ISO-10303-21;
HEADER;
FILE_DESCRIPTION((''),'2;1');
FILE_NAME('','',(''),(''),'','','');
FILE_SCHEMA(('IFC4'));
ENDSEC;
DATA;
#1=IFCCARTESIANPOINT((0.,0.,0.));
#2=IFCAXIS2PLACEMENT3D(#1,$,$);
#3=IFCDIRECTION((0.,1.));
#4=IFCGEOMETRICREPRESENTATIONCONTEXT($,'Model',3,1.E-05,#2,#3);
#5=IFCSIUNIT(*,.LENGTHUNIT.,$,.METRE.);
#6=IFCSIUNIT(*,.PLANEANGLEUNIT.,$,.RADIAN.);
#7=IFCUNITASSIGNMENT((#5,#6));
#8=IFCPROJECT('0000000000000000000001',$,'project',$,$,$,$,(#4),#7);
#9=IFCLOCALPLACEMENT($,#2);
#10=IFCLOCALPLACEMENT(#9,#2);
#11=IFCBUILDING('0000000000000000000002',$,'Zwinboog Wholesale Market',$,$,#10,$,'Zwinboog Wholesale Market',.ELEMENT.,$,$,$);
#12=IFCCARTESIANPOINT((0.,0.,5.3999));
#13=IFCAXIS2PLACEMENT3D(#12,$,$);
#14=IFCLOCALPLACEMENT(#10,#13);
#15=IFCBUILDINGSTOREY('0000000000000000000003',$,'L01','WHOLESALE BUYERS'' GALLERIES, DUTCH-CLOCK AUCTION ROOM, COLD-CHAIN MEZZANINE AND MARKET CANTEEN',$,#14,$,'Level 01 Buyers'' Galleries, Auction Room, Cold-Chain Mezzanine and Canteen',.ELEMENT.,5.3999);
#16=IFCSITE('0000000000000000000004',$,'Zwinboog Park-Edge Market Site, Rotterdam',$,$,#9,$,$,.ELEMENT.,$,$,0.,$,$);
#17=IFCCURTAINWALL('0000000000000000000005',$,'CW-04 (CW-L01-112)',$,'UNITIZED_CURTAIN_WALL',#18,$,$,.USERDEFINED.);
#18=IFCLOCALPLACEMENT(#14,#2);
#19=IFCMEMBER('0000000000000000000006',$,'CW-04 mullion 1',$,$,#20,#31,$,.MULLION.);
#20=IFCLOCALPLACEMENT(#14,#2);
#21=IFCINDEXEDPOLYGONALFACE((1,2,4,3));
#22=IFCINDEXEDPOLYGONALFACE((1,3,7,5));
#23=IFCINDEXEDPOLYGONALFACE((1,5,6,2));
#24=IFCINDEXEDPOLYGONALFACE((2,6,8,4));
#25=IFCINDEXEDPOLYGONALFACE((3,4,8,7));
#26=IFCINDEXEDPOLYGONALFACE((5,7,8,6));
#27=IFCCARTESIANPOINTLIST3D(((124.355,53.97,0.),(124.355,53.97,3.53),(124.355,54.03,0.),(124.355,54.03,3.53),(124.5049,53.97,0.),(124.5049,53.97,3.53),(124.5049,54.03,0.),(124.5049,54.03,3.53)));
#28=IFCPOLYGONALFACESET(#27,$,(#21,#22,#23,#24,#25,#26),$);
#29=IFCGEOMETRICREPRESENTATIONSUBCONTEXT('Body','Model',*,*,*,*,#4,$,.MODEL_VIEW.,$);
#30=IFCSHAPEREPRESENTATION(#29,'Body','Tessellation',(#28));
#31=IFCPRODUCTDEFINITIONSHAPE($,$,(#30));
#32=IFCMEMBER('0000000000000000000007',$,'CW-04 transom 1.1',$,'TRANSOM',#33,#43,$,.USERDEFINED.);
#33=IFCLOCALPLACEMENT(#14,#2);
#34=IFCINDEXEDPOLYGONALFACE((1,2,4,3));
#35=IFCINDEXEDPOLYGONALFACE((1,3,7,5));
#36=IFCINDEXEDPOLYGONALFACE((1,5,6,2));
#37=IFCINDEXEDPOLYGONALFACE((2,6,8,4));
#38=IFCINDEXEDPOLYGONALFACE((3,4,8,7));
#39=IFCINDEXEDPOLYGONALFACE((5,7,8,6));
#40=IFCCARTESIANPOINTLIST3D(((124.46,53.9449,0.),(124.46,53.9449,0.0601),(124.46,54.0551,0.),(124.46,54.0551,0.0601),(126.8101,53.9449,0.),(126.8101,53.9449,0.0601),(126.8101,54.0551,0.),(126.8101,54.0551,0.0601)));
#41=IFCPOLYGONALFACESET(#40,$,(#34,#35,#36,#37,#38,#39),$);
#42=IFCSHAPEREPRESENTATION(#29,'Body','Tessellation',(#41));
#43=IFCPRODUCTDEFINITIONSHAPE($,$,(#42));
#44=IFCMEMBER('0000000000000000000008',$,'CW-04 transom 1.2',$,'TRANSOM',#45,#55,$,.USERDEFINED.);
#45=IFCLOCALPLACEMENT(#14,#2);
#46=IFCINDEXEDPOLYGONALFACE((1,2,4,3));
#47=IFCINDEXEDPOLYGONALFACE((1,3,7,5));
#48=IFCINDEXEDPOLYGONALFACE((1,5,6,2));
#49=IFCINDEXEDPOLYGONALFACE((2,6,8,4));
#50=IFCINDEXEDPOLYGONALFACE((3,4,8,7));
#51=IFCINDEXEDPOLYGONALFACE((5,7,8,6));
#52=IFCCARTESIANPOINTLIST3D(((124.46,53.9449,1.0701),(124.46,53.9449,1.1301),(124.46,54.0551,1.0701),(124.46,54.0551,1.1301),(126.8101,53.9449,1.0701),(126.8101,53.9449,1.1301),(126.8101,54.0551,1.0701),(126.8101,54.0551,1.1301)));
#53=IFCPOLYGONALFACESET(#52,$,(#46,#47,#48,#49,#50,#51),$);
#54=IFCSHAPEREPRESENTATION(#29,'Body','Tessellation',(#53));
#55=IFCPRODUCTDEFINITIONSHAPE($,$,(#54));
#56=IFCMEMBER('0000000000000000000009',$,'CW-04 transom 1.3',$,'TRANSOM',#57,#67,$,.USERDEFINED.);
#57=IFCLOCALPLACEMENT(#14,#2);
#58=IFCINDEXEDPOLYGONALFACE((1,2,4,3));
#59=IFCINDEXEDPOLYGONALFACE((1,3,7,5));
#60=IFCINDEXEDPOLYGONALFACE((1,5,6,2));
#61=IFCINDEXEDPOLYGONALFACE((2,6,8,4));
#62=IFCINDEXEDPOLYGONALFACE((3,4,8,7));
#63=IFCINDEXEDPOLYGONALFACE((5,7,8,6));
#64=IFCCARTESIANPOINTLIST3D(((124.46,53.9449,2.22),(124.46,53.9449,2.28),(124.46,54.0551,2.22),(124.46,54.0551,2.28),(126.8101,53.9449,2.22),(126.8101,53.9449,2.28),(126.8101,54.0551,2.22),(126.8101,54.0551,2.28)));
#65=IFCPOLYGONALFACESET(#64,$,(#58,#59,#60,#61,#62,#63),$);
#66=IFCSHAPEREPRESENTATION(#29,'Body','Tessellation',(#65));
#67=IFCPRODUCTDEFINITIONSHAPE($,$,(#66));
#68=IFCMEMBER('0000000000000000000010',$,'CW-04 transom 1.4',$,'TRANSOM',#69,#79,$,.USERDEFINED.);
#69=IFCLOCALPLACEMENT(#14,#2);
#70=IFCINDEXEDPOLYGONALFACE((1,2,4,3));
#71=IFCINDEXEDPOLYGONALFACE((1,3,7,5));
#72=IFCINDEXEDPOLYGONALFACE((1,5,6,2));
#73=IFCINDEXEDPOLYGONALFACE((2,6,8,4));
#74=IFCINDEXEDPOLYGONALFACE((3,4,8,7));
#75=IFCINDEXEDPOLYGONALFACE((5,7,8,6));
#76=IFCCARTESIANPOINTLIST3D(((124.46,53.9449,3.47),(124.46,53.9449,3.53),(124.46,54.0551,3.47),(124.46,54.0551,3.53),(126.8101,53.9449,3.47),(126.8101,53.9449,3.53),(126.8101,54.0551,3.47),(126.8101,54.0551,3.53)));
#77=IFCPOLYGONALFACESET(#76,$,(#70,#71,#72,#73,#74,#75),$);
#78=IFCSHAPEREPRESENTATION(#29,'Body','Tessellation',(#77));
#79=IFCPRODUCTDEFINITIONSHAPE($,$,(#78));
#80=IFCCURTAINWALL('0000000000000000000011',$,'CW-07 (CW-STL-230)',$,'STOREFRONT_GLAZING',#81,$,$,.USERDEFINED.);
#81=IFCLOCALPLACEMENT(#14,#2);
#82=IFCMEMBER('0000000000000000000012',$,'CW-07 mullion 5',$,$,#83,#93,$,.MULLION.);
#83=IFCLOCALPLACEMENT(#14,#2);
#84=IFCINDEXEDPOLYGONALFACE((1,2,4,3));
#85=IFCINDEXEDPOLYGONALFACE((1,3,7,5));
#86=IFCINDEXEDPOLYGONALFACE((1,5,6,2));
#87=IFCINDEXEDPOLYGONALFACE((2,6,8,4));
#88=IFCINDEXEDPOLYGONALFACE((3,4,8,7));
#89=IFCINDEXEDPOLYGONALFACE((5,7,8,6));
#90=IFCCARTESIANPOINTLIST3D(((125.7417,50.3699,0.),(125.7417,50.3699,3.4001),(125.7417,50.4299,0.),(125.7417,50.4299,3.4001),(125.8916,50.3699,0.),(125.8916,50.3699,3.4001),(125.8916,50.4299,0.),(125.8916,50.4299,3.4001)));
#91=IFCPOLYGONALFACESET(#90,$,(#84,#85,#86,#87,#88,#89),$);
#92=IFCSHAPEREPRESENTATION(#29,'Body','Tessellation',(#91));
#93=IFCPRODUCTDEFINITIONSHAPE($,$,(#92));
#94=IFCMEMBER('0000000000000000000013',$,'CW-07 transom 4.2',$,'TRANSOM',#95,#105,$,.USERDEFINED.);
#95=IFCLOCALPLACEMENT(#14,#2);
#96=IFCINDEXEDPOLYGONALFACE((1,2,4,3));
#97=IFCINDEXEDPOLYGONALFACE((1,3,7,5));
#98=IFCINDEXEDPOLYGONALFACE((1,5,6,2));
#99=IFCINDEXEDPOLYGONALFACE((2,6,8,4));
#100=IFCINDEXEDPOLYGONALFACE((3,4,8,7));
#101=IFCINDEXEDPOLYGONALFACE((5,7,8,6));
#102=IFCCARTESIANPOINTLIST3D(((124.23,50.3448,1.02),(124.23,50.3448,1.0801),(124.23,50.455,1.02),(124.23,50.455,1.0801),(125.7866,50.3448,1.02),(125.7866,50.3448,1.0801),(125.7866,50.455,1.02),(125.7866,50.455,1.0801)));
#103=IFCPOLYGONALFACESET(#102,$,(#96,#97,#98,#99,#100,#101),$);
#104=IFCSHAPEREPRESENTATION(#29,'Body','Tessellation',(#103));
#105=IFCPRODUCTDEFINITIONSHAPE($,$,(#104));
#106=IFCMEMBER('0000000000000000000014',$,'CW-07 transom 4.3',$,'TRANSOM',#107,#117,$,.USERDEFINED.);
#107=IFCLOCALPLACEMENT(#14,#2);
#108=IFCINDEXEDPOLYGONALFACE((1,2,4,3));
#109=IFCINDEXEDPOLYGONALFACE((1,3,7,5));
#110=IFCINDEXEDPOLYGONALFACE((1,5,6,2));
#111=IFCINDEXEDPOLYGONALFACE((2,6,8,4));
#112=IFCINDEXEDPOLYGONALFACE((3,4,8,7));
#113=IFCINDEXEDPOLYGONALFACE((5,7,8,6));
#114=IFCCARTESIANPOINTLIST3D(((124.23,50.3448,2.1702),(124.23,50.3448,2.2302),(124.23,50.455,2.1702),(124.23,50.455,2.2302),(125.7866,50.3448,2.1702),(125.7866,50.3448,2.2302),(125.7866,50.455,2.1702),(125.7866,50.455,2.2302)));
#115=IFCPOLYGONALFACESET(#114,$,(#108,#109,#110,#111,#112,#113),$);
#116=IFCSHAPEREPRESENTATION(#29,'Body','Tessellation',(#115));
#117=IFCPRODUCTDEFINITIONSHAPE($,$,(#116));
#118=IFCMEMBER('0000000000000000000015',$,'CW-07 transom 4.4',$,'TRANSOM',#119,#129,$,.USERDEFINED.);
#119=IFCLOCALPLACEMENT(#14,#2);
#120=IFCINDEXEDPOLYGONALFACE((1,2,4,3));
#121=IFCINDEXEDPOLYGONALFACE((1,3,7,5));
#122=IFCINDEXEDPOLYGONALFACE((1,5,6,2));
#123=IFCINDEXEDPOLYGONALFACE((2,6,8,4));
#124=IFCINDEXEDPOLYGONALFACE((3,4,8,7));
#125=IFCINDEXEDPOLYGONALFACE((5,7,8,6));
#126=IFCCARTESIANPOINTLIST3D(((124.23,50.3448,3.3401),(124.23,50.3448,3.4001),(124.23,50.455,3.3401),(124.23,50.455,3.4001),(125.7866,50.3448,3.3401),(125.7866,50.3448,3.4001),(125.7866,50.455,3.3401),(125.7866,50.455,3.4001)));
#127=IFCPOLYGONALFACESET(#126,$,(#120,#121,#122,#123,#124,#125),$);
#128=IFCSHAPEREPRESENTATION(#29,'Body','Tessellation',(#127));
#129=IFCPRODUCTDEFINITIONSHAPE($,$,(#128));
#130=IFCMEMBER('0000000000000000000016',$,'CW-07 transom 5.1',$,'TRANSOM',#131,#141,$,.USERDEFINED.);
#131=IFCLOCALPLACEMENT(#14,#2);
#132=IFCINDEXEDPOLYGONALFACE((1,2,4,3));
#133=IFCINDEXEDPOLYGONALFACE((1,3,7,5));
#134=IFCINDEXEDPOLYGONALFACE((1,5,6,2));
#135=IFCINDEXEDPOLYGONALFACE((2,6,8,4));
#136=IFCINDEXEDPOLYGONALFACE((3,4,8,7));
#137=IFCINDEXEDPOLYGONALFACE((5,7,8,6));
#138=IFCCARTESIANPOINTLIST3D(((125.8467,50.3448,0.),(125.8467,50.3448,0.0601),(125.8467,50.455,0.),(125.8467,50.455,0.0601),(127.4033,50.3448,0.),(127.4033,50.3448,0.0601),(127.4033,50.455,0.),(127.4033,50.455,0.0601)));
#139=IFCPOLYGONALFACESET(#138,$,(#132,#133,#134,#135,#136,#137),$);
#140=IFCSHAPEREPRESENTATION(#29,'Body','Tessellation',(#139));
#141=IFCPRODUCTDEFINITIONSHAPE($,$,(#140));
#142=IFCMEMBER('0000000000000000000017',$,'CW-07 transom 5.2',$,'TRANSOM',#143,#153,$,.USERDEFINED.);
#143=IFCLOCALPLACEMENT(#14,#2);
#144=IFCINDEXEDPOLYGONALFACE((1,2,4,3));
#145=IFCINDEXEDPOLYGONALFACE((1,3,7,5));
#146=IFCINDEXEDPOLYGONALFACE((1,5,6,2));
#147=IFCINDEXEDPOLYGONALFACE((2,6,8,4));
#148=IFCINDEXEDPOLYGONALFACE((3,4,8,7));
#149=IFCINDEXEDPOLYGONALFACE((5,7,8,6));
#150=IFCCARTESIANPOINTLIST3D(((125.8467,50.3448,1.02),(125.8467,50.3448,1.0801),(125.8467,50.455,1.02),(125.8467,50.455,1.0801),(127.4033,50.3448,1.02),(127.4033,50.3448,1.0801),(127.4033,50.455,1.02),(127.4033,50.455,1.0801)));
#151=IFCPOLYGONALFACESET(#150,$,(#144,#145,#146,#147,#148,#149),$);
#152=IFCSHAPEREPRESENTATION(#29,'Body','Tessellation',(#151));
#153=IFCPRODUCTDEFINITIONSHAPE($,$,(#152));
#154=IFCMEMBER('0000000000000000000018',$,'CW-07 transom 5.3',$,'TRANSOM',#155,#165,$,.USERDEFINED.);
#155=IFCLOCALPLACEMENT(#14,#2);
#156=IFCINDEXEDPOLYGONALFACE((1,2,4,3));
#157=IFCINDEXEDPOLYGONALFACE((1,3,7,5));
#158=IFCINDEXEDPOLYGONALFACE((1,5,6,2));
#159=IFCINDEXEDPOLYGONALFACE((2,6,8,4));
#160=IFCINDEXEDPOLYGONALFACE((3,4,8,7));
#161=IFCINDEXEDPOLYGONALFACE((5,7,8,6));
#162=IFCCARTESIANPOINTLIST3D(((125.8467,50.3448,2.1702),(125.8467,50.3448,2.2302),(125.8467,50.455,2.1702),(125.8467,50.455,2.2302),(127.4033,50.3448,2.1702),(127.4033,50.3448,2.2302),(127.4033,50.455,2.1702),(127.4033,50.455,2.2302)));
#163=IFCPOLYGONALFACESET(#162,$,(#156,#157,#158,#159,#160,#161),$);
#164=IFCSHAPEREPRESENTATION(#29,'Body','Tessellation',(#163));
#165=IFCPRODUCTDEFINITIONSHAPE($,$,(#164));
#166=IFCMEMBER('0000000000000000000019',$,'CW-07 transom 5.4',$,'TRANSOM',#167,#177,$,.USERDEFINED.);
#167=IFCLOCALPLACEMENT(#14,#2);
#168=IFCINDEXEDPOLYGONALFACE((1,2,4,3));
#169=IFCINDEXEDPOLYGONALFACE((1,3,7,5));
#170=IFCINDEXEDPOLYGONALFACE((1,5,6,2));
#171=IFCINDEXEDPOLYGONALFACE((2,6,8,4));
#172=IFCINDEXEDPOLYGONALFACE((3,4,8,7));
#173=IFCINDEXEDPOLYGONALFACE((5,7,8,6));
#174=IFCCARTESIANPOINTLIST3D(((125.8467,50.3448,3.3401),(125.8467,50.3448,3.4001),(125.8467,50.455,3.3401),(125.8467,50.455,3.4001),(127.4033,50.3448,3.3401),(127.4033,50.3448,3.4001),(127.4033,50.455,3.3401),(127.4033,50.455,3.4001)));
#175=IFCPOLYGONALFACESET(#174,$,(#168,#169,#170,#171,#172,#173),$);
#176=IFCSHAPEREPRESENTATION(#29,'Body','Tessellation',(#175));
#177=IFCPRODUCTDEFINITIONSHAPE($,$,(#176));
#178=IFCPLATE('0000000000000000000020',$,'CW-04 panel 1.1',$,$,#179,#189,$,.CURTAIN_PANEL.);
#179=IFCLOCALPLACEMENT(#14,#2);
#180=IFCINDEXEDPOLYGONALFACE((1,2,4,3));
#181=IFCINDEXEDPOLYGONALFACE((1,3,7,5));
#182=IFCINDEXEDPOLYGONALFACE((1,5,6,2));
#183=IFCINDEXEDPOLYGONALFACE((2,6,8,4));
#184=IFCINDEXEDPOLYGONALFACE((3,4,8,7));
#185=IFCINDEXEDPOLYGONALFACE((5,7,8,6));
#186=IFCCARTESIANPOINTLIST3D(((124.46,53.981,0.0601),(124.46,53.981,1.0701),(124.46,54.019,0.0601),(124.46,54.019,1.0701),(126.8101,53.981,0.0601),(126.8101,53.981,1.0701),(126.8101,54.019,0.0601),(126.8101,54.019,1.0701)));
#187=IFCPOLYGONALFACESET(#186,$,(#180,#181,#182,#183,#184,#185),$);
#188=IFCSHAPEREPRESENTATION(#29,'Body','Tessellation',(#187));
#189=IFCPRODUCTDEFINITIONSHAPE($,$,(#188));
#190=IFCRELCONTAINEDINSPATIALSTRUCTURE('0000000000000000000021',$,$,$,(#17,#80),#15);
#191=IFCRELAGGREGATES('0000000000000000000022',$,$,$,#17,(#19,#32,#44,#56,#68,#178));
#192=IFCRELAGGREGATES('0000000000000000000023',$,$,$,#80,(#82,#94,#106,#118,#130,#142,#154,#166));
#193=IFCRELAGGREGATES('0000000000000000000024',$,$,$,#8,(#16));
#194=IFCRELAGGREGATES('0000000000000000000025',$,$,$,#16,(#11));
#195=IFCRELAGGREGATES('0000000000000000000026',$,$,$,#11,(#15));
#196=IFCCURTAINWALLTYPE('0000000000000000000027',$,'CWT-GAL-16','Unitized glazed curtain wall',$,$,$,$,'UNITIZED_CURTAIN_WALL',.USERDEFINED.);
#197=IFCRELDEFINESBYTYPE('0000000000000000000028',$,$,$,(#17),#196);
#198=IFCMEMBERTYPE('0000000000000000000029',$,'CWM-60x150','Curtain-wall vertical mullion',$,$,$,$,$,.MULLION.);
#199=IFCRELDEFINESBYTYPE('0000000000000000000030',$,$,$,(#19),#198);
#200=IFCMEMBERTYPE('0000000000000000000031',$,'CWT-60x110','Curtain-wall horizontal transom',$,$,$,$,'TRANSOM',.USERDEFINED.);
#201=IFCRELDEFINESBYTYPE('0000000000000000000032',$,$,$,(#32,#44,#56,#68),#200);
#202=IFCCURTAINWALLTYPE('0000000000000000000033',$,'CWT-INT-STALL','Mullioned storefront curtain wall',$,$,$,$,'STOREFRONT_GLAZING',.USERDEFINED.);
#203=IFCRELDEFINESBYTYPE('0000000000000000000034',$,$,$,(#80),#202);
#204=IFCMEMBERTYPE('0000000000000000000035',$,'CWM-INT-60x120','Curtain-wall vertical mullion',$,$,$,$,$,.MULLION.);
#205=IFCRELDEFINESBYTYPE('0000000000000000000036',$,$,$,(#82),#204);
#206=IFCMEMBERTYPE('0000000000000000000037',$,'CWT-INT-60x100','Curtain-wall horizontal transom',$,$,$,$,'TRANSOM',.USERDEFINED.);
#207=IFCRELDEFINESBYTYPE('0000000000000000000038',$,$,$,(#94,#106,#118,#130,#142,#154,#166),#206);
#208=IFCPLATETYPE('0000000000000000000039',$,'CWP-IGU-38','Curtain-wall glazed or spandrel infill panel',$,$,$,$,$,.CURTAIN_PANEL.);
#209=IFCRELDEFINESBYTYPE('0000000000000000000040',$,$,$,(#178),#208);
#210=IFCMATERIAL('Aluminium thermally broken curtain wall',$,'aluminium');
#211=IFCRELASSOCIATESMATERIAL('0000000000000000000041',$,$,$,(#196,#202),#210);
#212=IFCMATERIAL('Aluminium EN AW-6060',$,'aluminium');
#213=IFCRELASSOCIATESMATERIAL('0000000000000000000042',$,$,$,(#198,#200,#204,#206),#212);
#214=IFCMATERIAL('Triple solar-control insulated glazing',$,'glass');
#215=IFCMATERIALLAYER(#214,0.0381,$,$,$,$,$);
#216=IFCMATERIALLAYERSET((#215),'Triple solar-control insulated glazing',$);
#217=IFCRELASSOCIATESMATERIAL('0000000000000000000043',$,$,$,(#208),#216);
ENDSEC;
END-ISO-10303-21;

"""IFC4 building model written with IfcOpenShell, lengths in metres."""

from ifc_helpers import new_model, si_unit, direction, frame, origin, origin_2d, place, context, subcontext, project, spatial, rectangle, extrude, material, layer, layer_set, material_profile, profile_set, type_object, element, aggregate, save


model = new_model("IFC4")

# Units and contexts
model_context = context("Model", 3, precision=1e-05, world=origin(), true_north=direction((0.0, 1.0)))
body_context = subcontext(model_context, "Body", "Model", "MODEL_VIEW")
ifc_project = project(units=[si_unit("LENGTHUNIT", "METRE"), si_unit("PLANEANGLEUNIT", "RADIAN")], contexts=[model_context])

# Site, building, storey
site_placement = place(None, origin())
site = spatial("IfcSite", under=ifc_project, at=site_placement, Name="Zwinboog Park-Edge Market Site, Rotterdam", CompositionType="ELEMENT", RefElevation=0.0)
building_placement = place(site_placement, origin())
building = spatial("IfcBuilding", under=site, at=building_placement, Name="Zwinboog Wholesale Market", LongName="Zwinboog Wholesale Market", CompositionType="ELEMENT")
storey_placement = place(building_placement, frame((0.0, 0.0, 5.3999)))
storey = spatial("IfcBuildingStorey", under=building, at=storey_placement, Name="L01", Description="WHOLESALE BUYERS' GALLERIES, DUTCH-CLOCK AUCTION ROOM, COLD-CHAIN MEZZANINE AND MARKET CANTEEN", LongName="Level 01 Buyers' Galleries, Auction Room, Cold-Chain Mezzanine and Canteen", CompositionType="ELEMENT", Elevation=5.3999)

# Curtain walls, members
ifc_material_1 = material(Name="Aluminium thermally broken curtain wall", Category="aluminium")
curtain_wall_type_1 = type_object("IfcCurtainWallType", Name="CWT-GAL-16", Description="Unitized glazed curtain wall", ElementType="UNITIZED_CURTAIN_WALL", PredefinedType="USERDEFINED", material=ifc_material_1)
curtain_wall_1_placement = place(storey_placement, origin())
curtain_wall_1 = element("IfcCurtainWall", 1, at=curtain_wall_1_placement, inside=storey, type_object=curtain_wall_type_1, Name="CW-04 (CW-L01-112)", ObjectType="UNITIZED_CURTAIN_WALL", PredefinedType="USERDEFINED")
ifc_material_2 = material(Name="Aluminium EN AW-6060", Category="aluminium")
ifc_material_profile_1 = material_profile(ifc_material_2, rectangle(XDim=0.0601, YDim=0.1499, at=origin_2d()), Name="AL 60x150")
ifc_profile_set_1 = profile_set([ifc_material_profile_1], Name="Aluminium EN AW-6060")
member_type_1 = type_object("IfcMemberType", Name="CWM-60x150", Description="Curtain-wall vertical mullion", PredefinedType="MULLION", material=ifc_profile_set_1)
member_1_placement = place(storey_placement, frame((124.4299, 54.0, 0.0), z_axis=(0.0, 0.0, 1.0), x_axis=(0.0, 1.0, 0.0)))
member_1 = element("IfcMember", 2, at=member_1_placement, type_object=member_type_1, Name="CW-04 mullion 1", PredefinedType="MULLION", context=body_context, shape_type="SweptSolid", body=[
    extrude(rectangle(XDim=0.0601, YDim=0.1499, at=origin_2d()), origin(), (0.0, 0.0, 1.0), 3.53),
])
ifc_material_profile_2 = material_profile(ifc_material_2, rectangle(XDim=0.1101, YDim=0.0601, at=origin_2d()), Name="AL 60x110")
ifc_profile_set_2 = profile_set([ifc_material_profile_2], Name="Aluminium EN AW-6060")
member_type_2 = type_object("IfcMemberType", Name="CWT-60x110", Description="Curtain-wall horizontal transom", ElementType="TRANSOM", PredefinedType="USERDEFINED", material=ifc_profile_set_2)
member_2_placement = place(storey_placement, frame((124.46, 54.0, 0.03), z_axis=(1.0, 0.0, 0.0), x_axis=(0.0, 1.0, 0.0)))
member_2 = element("IfcMember", 3, at=member_2_placement, type_object=member_type_2, Name="CW-04 transom 1.1", ObjectType="TRANSOM", PredefinedType="USERDEFINED", context=body_context, shape_type="SweptSolid", body=[
    extrude(rectangle(XDim=0.1101, YDim=0.0601, at=origin_2d()), origin(), (0.0, 0.0, 1.0), 2.3501),
])
member_3_placement = place(storey_placement, frame((124.46, 54.0, 1.1001), z_axis=(1.0, 0.0, 0.0), x_axis=(0.0, 1.0, 0.0)))
member_3 = element("IfcMember", 4, at=member_3_placement, type_object=member_type_2, Name="CW-04 transom 1.2", ObjectType="TRANSOM", PredefinedType="USERDEFINED", context=body_context, shape_type="SweptSolid", body=[
    extrude(rectangle(XDim=0.1101, YDim=0.0601, at=origin_2d()), origin(), (0.0, 0.0, 1.0), 2.3501),
])
member_4_placement = place(storey_placement, frame((124.46, 54.0, 2.25), z_axis=(1.0, 0.0, 0.0), x_axis=(0.0, 1.0, 0.0)))
member_4 = element("IfcMember", 5, at=member_4_placement, type_object=member_type_2, Name="CW-04 transom 1.3", ObjectType="TRANSOM", PredefinedType="USERDEFINED", context=body_context, shape_type="SweptSolid", body=[
    extrude(rectangle(XDim=0.1101, YDim=0.0601, at=origin_2d()), origin(), (0.0, 0.0, 1.0), 2.3501),
])
member_5_placement = place(storey_placement, frame((124.46, 54.0, 3.5), z_axis=(1.0, 0.0, 0.0), x_axis=(0.0, 1.0, 0.0)))
member_5 = element("IfcMember", 6, at=member_5_placement, type_object=member_type_2, Name="CW-04 transom 1.4", ObjectType="TRANSOM", PredefinedType="USERDEFINED", context=body_context, shape_type="SweptSolid", body=[
    extrude(rectangle(XDim=0.1101, YDim=0.0601, at=origin_2d()), origin(), (0.0, 0.0, 1.0), 2.3501),
])
curtain_wall_type_2 = type_object("IfcCurtainWallType", Name="CWT-INT-STALL", Description="Mullioned storefront curtain wall", ElementType="STOREFRONT_GLAZING", PredefinedType="USERDEFINED", material=ifc_material_1)
curtain_wall_2_placement = place(storey_placement, origin())
curtain_wall_2 = element("IfcCurtainWall", 7, at=curtain_wall_2_placement, inside=storey, type_object=curtain_wall_type_2, Name="CW-07 (CW-STL-230)", ObjectType="STOREFRONT_GLAZING", PredefinedType="USERDEFINED")
ifc_material_profile_3 = material_profile(ifc_material_2, rectangle(XDim=0.0601, YDim=0.1499, at=origin_2d()), Name="AL 60x150")
ifc_profile_set_3 = profile_set([ifc_material_profile_3], Name="Aluminium EN AW-6060")
member_type_3 = type_object("IfcMemberType", Name="CWM-INT-60x120", Description="Curtain-wall vertical mullion", PredefinedType="MULLION", material=ifc_profile_set_3)
member_6_placement = place(storey_placement, frame((125.8167, 50.3999, 0.0), z_axis=(0.0, 0.0, 1.0), x_axis=(0.0, 1.0, 0.0)))
member_6 = element("IfcMember", 8, at=member_6_placement, type_object=member_type_3, Name="CW-07 mullion 5", PredefinedType="MULLION", context=body_context, shape_type="SweptSolid", body=[
    extrude(rectangle(XDim=0.0601, YDim=0.1499, at=origin_2d()), origin(), (0.0, 0.0, 1.0), 3.4001),
])
ifc_material_profile_4 = material_profile(ifc_material_2, rectangle(XDim=0.1101, YDim=0.0601, at=origin_2d()), Name="AL 60x110")
ifc_profile_set_4 = profile_set([ifc_material_profile_4], Name="Aluminium EN AW-6060")
member_type_4 = type_object("IfcMemberType", Name="CWT-INT-60x100", Description="Curtain-wall horizontal transom", ElementType="TRANSOM", PredefinedType="USERDEFINED", material=ifc_profile_set_4)
member_7_placement = place(storey_placement, frame((124.23, 50.3999, 1.05), z_axis=(1.0, 0.0, 0.0), x_axis=(0.0, 1.0, 0.0)))
member_7 = element("IfcMember", 9, at=member_7_placement, type_object=member_type_4, Name="CW-07 transom 4.2", ObjectType="TRANSOM", PredefinedType="USERDEFINED", context=body_context, shape_type="SweptSolid", body=[
    extrude(rectangle(XDim=0.1101, YDim=0.0601, at=origin_2d()), origin(), (0.0, 0.0, 1.0), 1.5566),
])
member_8_placement = place(storey_placement, frame((124.23, 50.3999, 2.2002), z_axis=(1.0, 0.0, 0.0), x_axis=(0.0, 1.0, 0.0)))
member_8 = element("IfcMember", 10, at=member_8_placement, type_object=member_type_4, Name="CW-07 transom 4.3", ObjectType="TRANSOM", PredefinedType="USERDEFINED", context=body_context, shape_type="SweptSolid", body=[
    extrude(rectangle(XDim=0.1101, YDim=0.0601, at=origin_2d()), origin(), (0.0, 0.0, 1.0), 1.5566),
])
member_9_placement = place(storey_placement, frame((124.23, 50.3999, 3.3701), z_axis=(1.0, 0.0, 0.0), x_axis=(0.0, 1.0, 0.0)))
member_9 = element("IfcMember", 11, at=member_9_placement, type_object=member_type_4, Name="CW-07 transom 4.4", ObjectType="TRANSOM", PredefinedType="USERDEFINED", context=body_context, shape_type="SweptSolid", body=[
    extrude(rectangle(XDim=0.1101, YDim=0.0601, at=origin_2d()), origin(), (0.0, 0.0, 1.0), 1.5566),
])
member_10_placement = place(storey_placement, frame((125.8467, 50.3999, 0.03), z_axis=(1.0, 0.0, 0.0), x_axis=(0.0, 1.0, 0.0)))
member_10 = element("IfcMember", 12, at=member_10_placement, type_object=member_type_4, Name="CW-07 transom 5.1", ObjectType="TRANSOM", PredefinedType="USERDEFINED", context=body_context, shape_type="SweptSolid", body=[
    extrude(rectangle(XDim=0.1101, YDim=0.0601, at=origin_2d()), origin(), (0.0, 0.0, 1.0), 1.5566),
])
member_11_placement = place(storey_placement, frame((125.8467, 50.3999, 1.05), z_axis=(1.0, 0.0, 0.0), x_axis=(0.0, 1.0, 0.0)))
member_11 = element("IfcMember", 13, at=member_11_placement, type_object=member_type_4, Name="CW-07 transom 5.2", ObjectType="TRANSOM", PredefinedType="USERDEFINED", context=body_context, shape_type="SweptSolid", body=[
    extrude(rectangle(XDim=0.1101, YDim=0.0601, at=origin_2d()), origin(), (0.0, 0.0, 1.0), 1.5566),
])
member_12_placement = place(storey_placement, frame((125.8467, 50.3999, 2.2002), z_axis=(1.0, 0.0, 0.0), x_axis=(0.0, 1.0, 0.0)))
member_12 = element("IfcMember", 14, at=member_12_placement, type_object=member_type_4, Name="CW-07 transom 5.3", ObjectType="TRANSOM", PredefinedType="USERDEFINED", context=body_context, shape_type="SweptSolid", body=[
    extrude(rectangle(XDim=0.1101, YDim=0.0601, at=origin_2d()), origin(), (0.0, 0.0, 1.0), 1.5566),
])
member_13_placement = place(storey_placement, frame((125.8467, 50.3999, 3.3701), z_axis=(1.0, 0.0, 0.0), x_axis=(0.0, 1.0, 0.0)))
member_13 = element("IfcMember", 15, at=member_13_placement, type_object=member_type_4, Name="CW-07 transom 5.4", ObjectType="TRANSOM", PredefinedType="USERDEFINED", context=body_context, shape_type="SweptSolid", body=[
    extrude(rectangle(XDim=0.1101, YDim=0.0601, at=origin_2d()), origin(), (0.0, 0.0, 1.0), 1.5566),
])

# Plate
ifc_material_3 = material(Name="Triple solar-control insulated glazing", Category="glass")
ifc_layer_1 = layer(ifc_material_3, 0.0381)
ifc_layer_set_1 = layer_set([ifc_layer_1], Name="Triple solar-control insulated glazing")
plate_type_1 = type_object("IfcPlateType", Name="CWP-IGU-38", Description="Curtain-wall glazed or spandrel infill panel", PredefinedType="CURTAIN_PANEL", material=ifc_layer_set_1)
plate_1_placement = place(storey_placement, frame((125.635, 54.0, 0.0601), z_axis=(0.0, 0.0, 1.0), x_axis=(1.0, 0.0, 0.0)))
plate_1 = element("IfcPlate", 16, at=plate_1_placement, type_object=plate_type_1, Name="CW-04 panel 1.1", PredefinedType="CURTAIN_PANEL", context=body_context, shape_type="SweptSolid", body=[
    extrude(rectangle(XDim=2.3501, YDim=0.0381, at=origin_2d()), origin(), (0.0, 0.0, 1.0), 1.01),
])
aggregate(curtain_wall_1, [member_1, member_2, member_3, member_4, member_5, plate_1])
aggregate(curtain_wall_2, [member_6, member_7, member_8, member_9, member_10, member_11, member_12, member_13])

save(model, "model.ifc")
